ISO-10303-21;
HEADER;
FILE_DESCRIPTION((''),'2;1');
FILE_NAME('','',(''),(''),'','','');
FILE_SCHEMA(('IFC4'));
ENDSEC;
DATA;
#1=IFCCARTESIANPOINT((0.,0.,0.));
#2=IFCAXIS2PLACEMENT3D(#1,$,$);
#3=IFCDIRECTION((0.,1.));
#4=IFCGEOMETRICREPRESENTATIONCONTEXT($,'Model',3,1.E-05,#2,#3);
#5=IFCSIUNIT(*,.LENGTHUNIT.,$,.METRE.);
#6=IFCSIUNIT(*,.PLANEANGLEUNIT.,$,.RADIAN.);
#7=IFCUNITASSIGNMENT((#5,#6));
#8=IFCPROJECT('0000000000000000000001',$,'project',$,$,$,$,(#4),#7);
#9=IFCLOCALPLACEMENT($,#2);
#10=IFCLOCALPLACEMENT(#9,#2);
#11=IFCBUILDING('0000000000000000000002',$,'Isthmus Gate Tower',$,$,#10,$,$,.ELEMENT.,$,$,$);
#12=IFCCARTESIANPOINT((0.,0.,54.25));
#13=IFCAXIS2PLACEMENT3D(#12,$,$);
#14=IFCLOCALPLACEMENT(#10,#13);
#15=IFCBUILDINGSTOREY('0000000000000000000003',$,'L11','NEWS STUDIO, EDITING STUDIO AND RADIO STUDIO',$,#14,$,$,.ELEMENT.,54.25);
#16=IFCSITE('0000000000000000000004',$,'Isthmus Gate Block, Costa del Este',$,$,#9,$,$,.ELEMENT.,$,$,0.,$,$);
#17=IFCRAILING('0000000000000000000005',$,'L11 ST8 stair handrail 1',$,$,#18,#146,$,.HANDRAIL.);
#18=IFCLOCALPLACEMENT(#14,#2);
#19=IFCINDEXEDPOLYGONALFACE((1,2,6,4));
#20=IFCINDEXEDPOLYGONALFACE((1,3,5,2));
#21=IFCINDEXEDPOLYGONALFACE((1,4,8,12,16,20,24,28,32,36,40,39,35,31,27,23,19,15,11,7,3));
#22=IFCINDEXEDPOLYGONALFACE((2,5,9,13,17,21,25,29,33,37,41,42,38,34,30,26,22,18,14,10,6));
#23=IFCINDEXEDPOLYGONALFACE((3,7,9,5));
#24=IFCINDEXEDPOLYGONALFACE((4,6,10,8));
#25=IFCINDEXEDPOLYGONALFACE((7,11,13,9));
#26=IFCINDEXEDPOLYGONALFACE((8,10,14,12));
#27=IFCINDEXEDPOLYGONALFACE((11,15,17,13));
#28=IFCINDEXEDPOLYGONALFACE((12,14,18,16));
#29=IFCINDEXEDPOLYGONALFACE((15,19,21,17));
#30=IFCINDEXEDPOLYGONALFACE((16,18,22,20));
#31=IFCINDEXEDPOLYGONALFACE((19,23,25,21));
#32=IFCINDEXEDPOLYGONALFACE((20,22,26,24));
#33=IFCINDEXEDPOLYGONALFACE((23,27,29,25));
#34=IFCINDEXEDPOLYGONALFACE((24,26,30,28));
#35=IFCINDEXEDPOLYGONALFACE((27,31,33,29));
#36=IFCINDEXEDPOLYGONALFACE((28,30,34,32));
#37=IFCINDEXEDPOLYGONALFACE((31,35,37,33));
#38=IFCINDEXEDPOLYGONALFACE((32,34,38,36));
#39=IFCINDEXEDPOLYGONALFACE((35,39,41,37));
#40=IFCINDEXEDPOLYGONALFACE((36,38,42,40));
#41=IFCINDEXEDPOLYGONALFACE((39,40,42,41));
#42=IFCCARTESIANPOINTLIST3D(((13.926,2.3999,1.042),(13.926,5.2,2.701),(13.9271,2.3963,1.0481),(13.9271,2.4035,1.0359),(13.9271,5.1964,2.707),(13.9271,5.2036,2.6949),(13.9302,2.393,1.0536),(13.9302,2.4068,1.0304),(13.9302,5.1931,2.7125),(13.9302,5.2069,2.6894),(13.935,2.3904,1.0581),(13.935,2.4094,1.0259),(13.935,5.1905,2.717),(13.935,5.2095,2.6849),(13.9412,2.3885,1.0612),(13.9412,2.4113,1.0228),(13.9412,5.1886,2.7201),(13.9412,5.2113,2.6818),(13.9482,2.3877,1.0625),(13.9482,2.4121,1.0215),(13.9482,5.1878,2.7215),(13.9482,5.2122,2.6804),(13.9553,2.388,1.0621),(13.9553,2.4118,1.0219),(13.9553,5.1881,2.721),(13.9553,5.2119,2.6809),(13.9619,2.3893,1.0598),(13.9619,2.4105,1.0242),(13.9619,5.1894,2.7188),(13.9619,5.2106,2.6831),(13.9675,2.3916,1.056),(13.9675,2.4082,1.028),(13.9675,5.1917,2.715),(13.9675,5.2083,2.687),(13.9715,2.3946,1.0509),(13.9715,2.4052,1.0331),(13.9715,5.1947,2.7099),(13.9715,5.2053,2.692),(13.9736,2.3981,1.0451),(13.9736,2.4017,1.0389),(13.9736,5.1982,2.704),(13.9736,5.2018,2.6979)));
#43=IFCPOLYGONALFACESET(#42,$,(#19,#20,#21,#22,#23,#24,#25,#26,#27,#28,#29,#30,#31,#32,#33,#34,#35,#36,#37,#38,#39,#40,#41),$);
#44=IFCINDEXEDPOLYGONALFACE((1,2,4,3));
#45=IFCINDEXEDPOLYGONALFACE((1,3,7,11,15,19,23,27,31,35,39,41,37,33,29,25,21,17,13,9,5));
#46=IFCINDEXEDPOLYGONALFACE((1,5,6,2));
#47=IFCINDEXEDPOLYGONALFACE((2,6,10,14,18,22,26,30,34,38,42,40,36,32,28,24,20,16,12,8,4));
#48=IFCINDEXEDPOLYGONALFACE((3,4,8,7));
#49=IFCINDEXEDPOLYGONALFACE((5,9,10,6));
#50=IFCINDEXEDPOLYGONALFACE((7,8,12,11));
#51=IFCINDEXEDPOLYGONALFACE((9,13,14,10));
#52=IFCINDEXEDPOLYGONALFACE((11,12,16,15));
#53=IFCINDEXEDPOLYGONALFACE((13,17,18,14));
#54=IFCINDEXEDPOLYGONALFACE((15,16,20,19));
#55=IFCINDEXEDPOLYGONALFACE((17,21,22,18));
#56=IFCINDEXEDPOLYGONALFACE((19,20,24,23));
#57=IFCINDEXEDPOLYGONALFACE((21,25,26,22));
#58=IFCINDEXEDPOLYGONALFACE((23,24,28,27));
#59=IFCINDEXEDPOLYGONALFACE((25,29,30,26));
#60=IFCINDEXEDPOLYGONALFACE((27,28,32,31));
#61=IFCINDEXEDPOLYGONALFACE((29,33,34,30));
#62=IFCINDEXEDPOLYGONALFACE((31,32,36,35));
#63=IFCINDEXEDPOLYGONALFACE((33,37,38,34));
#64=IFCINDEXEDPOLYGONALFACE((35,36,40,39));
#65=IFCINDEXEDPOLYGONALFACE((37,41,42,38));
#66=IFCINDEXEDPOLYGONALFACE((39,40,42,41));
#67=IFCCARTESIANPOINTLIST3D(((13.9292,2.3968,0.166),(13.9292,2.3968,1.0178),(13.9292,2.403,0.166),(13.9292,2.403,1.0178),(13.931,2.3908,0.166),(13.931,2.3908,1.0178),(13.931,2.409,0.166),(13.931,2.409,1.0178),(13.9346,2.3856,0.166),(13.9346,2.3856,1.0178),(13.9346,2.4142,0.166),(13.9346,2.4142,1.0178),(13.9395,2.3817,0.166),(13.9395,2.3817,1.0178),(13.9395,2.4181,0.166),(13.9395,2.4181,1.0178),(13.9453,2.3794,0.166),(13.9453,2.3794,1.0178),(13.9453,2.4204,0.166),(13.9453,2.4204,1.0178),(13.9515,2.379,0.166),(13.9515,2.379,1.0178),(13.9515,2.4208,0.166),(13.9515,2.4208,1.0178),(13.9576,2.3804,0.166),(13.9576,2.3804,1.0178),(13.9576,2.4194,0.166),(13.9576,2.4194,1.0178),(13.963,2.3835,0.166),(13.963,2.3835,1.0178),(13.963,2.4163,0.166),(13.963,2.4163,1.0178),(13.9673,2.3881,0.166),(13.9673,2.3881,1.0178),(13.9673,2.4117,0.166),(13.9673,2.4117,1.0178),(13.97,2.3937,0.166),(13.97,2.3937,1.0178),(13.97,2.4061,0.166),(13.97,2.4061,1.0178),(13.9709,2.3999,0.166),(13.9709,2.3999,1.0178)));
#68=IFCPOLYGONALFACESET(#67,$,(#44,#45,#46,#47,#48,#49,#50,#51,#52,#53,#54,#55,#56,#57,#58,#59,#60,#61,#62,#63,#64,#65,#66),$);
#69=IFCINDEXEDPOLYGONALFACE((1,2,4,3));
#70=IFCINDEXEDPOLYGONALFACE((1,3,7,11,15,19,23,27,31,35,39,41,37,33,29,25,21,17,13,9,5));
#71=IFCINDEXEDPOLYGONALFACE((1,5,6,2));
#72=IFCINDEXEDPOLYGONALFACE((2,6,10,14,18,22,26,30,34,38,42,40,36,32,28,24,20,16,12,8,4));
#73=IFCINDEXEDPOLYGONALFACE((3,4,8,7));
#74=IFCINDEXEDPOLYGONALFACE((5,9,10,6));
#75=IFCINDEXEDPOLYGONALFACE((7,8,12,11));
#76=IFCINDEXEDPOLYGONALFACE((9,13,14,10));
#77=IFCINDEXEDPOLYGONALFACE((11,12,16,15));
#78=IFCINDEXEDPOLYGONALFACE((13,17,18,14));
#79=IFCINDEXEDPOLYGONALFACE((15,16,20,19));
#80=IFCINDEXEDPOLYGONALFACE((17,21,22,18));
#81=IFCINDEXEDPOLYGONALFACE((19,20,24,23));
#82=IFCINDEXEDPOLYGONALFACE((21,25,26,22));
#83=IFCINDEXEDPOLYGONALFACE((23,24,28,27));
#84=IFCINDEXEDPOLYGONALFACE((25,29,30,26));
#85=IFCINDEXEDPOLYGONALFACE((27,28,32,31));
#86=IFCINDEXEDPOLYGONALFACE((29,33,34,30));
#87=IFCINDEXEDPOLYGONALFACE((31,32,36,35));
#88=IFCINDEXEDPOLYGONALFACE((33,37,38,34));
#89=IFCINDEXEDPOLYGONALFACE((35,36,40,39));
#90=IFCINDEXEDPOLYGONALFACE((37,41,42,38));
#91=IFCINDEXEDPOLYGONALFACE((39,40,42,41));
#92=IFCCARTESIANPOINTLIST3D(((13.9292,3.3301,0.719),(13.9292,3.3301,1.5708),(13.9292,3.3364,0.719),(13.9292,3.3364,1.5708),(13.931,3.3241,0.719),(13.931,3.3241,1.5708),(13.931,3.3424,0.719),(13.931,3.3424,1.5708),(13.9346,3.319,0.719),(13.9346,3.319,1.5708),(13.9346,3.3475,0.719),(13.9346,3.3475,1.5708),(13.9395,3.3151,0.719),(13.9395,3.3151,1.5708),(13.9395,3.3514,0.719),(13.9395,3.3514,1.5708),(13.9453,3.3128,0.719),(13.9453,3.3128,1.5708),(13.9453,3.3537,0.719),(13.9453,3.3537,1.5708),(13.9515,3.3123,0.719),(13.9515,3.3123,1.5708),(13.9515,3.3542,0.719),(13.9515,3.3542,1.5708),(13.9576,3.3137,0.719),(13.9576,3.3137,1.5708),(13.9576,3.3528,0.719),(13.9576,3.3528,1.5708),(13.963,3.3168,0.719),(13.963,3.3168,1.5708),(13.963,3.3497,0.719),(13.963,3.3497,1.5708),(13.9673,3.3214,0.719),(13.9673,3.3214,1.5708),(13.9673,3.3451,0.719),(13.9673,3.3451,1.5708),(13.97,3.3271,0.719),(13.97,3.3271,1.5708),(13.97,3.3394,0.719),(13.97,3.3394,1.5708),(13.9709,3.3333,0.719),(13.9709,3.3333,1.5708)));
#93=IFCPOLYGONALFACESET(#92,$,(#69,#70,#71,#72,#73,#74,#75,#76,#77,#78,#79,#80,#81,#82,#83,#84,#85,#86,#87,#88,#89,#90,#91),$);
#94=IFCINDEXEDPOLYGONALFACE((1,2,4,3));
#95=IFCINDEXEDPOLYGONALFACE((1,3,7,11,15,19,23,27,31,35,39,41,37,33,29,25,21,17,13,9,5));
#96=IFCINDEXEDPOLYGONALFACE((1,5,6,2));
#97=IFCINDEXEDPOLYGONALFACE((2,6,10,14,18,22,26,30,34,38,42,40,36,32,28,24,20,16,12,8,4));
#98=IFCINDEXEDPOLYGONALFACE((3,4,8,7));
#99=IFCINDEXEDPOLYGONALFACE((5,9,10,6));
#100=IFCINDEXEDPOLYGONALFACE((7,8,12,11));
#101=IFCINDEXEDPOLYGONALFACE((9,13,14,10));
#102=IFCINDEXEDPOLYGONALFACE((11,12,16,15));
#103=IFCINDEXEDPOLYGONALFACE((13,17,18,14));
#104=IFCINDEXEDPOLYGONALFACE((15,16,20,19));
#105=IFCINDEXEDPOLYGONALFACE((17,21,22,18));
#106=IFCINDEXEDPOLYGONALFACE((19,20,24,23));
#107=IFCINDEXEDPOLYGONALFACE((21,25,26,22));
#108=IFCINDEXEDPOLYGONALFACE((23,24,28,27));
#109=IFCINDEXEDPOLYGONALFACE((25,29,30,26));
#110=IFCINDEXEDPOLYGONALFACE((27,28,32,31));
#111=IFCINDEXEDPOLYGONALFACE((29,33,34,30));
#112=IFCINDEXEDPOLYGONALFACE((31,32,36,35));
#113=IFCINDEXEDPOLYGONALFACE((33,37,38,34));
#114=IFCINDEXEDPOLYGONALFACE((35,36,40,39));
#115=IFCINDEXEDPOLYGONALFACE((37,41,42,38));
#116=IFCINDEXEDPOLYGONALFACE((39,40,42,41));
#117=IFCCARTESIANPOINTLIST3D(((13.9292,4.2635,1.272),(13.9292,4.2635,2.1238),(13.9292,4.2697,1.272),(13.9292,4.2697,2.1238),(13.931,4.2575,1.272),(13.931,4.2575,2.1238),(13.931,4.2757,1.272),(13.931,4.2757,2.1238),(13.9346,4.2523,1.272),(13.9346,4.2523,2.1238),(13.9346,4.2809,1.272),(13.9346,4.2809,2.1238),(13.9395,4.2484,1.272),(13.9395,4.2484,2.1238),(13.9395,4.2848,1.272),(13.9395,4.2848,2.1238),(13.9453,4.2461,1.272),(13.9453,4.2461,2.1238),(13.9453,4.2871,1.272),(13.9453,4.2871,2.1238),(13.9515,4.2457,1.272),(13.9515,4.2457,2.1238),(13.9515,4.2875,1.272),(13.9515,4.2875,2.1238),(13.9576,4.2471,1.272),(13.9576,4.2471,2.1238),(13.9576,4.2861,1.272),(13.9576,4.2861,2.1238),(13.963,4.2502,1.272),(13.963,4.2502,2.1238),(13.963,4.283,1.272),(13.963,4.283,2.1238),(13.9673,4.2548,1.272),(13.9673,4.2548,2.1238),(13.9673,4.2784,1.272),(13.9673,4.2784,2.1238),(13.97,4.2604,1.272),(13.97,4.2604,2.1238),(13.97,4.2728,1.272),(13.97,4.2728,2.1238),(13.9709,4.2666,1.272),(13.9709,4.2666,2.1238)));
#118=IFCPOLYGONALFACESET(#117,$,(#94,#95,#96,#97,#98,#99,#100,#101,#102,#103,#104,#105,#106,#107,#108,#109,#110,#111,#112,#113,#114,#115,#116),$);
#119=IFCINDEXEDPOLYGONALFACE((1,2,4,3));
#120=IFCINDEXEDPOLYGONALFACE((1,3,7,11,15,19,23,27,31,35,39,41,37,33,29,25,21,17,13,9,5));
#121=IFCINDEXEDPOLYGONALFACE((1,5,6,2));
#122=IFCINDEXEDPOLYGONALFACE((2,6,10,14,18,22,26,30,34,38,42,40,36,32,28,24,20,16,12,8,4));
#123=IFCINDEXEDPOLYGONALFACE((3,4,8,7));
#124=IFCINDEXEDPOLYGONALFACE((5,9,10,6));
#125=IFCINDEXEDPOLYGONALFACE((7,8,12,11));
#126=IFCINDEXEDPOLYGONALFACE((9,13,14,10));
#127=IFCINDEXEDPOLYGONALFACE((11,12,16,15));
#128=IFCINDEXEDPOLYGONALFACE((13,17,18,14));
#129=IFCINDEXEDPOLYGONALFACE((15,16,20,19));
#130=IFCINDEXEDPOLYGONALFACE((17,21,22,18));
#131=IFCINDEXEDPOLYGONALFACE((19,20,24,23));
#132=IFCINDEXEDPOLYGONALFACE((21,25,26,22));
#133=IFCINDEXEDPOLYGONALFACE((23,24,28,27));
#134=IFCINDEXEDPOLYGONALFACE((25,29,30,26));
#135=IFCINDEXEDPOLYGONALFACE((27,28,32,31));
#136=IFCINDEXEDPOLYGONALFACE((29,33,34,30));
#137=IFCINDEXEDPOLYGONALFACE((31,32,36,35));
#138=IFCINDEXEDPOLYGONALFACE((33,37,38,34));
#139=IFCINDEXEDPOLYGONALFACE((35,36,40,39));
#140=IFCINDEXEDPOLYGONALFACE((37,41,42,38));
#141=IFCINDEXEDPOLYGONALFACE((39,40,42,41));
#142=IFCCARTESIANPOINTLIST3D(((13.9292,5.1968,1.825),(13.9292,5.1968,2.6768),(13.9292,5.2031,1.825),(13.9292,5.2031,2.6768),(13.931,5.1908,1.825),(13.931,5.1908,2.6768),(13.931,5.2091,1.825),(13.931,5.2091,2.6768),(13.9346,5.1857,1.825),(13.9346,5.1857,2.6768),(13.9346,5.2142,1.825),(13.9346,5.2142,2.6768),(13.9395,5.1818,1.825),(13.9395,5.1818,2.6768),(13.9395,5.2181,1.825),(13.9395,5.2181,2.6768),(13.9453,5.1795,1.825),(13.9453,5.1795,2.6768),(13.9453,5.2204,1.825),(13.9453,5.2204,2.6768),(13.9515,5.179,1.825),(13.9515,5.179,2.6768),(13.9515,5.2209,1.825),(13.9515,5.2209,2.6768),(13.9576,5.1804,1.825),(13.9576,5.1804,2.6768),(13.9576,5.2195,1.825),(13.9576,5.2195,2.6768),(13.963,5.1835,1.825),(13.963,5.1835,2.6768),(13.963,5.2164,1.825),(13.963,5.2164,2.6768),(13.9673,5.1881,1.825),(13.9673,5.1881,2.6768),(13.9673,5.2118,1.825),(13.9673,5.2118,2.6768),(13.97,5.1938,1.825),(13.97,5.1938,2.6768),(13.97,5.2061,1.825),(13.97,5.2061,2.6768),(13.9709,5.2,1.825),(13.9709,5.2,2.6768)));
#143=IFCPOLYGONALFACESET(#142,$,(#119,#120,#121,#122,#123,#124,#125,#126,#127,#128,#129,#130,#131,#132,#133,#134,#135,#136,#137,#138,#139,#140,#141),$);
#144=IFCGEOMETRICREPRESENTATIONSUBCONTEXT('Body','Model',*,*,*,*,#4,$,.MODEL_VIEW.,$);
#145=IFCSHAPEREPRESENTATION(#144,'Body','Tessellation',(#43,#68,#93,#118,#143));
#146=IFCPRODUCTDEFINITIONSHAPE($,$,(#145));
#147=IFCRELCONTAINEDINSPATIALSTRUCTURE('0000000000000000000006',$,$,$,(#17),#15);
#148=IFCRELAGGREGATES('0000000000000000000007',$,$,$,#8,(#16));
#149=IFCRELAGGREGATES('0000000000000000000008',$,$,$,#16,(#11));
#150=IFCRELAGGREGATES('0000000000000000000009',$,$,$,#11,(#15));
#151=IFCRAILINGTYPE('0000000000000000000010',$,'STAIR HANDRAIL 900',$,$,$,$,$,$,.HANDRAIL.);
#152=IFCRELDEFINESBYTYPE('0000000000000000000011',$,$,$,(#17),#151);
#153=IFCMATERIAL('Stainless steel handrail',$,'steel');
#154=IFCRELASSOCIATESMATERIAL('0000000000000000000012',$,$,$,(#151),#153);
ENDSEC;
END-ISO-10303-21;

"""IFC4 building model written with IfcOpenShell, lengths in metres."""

from ifc_helpers import new_model, si_unit, direction, frame, origin, origin_2d, place, context, subcontext, project, spatial, circle, extrude, material, type_object, element, save


model = new_model("IFC4")

# Units and contexts
model_context = context("Model", 3, precision=1e-05, world=origin(), true_north=direction((0.0, 1.0)))
body_context = subcontext(model_context, "Body", "Model", "MODEL_VIEW")
ifc_project = project(units=[si_unit("LENGTHUNIT", "METRE"), si_unit("PLANEANGLEUNIT", "RADIAN")], contexts=[model_context])

# Site, building, storey
site_placement = place(None, origin())
site = spatial("IfcSite", under=ifc_project, at=site_placement, Name="Isthmus Gate Block, Costa del Este", CompositionType="ELEMENT", RefElevation=0.0)
building_placement = place(site_placement, origin())
building = spatial("IfcBuilding", under=site, at=building_placement, Name="Isthmus Gate Tower", CompositionType="ELEMENT")
storey_placement = place(building_placement, frame((0.0, 0.0, 54.25)))
storey = spatial("IfcBuildingStorey", under=building, at=storey_placement, Name="L11", Description="NEWS STUDIO, EDITING STUDIO AND RADIO STUDIO", CompositionType="ELEMENT", Elevation=54.25)

# Railing
ifc_material_1 = material(Name="Stainless steel handrail", Category="steel")
railing_type_1 = type_object("IfcRailingType", Name="STAIR HANDRAIL 900", PredefinedType="HANDRAIL", material=ifc_material_1)
railing_1_placement = place(storey_placement, frame((13.95, 2.3999, 0.166)))
element("IfcRailing", 1, at=railing_1_placement, inside=storey, type_object=railing_type_1, Name="L11 ST8 stair handrail 1", PredefinedType="HANDRAIL", context=body_context, shape_type="SweptSolid", body=[
    extrude(circle(Radius=0.0239, at=origin_2d()), frame((0.0, 0.0, 0.876), z_axis=(0.0, 0.860339, 0.509722), x_axis=(-1.0, 0.0, 0.0)), (0.0, 0.0, 1.0), 3.2546),
    extrude(circle(Radius=0.021, at=origin_2d()), origin(), (0.0, 0.0, 1.0), 0.8518),
    extrude(circle(Radius=0.021, at=origin_2d()), frame((0.0, 0.9333, 0.553)), (0.0, 0.0, 1.0), 0.8518),
    extrude(circle(Radius=0.021, at=origin_2d()), frame((0.0, 1.8667, 1.106)), (0.0, 0.0, 1.0), 0.8518),
    extrude(circle(Radius=0.021, at=origin_2d()), frame((0.0, 2.8, 1.6589)), (0.0, 0.0, 1.0), 0.8518),
])

save(model, "model.ifc")
